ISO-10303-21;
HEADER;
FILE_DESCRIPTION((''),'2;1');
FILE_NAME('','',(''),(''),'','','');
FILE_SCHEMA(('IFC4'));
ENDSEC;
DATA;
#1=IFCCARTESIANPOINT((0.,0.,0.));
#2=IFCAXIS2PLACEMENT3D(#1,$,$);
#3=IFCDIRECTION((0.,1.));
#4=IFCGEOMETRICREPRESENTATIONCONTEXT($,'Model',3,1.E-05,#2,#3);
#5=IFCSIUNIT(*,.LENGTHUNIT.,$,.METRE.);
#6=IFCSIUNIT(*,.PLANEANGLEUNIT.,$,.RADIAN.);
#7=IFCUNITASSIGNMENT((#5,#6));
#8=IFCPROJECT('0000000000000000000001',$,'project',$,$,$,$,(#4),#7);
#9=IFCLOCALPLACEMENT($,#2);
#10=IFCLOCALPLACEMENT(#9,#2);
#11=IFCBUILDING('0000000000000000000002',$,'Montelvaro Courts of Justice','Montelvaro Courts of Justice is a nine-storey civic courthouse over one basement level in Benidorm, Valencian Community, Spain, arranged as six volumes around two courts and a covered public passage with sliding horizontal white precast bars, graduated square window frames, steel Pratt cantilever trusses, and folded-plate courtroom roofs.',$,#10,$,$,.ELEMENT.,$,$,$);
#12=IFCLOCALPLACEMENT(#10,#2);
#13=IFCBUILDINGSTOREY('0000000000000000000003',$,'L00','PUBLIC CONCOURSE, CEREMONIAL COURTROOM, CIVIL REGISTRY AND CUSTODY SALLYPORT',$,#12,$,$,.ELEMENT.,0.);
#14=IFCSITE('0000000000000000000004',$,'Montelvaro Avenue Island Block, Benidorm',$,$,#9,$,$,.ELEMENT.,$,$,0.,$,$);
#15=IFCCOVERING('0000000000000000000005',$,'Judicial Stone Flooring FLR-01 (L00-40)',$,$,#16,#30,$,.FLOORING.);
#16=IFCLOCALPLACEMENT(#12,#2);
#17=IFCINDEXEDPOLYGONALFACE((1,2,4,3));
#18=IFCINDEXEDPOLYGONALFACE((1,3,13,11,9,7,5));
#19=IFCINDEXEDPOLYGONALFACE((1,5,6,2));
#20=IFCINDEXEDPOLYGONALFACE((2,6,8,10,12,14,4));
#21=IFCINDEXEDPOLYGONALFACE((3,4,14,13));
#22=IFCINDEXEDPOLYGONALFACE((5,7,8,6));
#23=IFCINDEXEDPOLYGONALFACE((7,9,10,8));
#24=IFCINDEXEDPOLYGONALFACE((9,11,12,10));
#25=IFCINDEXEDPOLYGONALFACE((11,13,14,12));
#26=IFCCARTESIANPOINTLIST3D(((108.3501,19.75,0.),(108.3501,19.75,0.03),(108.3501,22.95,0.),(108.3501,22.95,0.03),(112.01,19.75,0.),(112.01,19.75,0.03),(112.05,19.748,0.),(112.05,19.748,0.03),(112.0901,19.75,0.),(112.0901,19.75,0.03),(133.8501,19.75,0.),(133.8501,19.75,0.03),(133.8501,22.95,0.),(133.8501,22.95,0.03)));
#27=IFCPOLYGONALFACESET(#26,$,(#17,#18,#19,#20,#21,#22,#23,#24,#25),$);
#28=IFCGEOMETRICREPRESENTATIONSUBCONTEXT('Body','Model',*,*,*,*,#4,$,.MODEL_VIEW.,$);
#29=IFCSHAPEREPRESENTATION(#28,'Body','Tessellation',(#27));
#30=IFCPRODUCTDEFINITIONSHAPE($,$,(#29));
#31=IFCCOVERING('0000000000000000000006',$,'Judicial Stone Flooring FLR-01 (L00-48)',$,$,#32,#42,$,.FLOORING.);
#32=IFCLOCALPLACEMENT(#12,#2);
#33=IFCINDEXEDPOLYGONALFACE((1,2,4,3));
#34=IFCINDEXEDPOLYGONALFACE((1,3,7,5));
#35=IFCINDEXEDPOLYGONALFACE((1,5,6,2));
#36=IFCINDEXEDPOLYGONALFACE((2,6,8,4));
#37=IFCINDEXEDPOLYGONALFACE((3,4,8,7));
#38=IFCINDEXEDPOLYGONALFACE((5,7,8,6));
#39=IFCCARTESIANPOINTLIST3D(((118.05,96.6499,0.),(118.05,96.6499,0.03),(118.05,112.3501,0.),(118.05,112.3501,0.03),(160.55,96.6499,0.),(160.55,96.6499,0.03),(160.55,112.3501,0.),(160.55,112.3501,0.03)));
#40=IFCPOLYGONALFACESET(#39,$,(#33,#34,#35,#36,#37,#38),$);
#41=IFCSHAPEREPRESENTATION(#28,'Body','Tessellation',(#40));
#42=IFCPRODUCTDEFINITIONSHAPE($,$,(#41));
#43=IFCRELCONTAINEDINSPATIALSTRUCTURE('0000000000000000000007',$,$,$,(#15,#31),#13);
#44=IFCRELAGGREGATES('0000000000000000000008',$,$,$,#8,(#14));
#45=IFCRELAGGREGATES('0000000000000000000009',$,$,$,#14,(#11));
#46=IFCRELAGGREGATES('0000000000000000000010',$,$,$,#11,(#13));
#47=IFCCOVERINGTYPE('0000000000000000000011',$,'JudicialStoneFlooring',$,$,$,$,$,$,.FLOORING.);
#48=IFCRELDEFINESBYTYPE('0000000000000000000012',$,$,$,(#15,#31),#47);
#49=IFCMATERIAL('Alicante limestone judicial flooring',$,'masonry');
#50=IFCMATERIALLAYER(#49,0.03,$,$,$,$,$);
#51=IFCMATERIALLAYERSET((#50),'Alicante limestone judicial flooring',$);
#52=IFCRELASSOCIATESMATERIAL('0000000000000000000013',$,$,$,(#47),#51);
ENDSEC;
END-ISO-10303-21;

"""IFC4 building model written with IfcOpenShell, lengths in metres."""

from ifc_helpers import new_model, si_unit, direction, origin, place, context, subcontext, project, spatial, polyline, outline, extrude, material, layer, layer_set, type_object, element, save


model = new_model("IFC4")

# Units and contexts
model_context = context("Model", 3, precision=1e-05, world=origin(), true_north=direction((0.0, 1.0)))
body_context = subcontext(model_context, "Body", "Model", "MODEL_VIEW")
ifc_project = project(units=[si_unit("LENGTHUNIT", "METRE"), si_unit("PLANEANGLEUNIT", "RADIAN")], contexts=[model_context])

# Site, building, storey
site_placement = place(None, origin())
site = spatial("IfcSite", under=ifc_project, at=site_placement, Name="Montelvaro Avenue Island Block, Benidorm", CompositionType="ELEMENT", RefElevation=0.0)
building_placement = place(site_placement, origin())
building = spatial("IfcBuilding", under=site, at=building_placement, Name="Montelvaro Courts of Justice", Description="Montelvaro Courts of Justice is a nine-storey civic courthouse over one basement level in Benidorm, Valencian Community, Spain, arranged as six volumes around two courts and a covered public passage with sliding horizontal white precast bars, graduated square window frames, steel Pratt cantilever trusses, and folded-plate courtroom roofs.", CompositionType="ELEMENT")
storey_placement = place(building_placement, origin())
storey = spatial("IfcBuildingStorey", under=building, at=storey_placement, Name="L00", Description="PUBLIC CONCOURSE, CEREMONIAL COURTROOM, CIVIL REGISTRY AND CUSTODY SALLYPORT", CompositionType="ELEMENT", Elevation=0.0)

# Coverings
ifc_material_1 = material(Name="Alicante limestone judicial flooring", Category="masonry")
ifc_layer_1 = layer(ifc_material_1, 0.03)
ifc_layer_set_1 = layer_set([ifc_layer_1], Name="Alicante limestone judicial flooring")
covering_type_1 = type_object("IfcCoveringType", Name="JudicialStoneFlooring", PredefinedType="FLOORING", material=ifc_layer_set_1)
covering_1_placement = place(storey_placement, origin())
element("IfcCovering", 1, at=covering_1_placement, inside=storey, type_object=covering_type_1, Name="Judicial Stone Flooring FLR-01 (L00-40)", PredefinedType="FLOORING", context=body_context, shape_type="SweptSolid", body=[
    extrude(outline(polyline([(108.3501, 19.75), (108.3501, 22.95), (133.8501, 22.95), (133.8501, 19.75), (112.0901, 19.75), (112.05, 19.748), (112.01, 19.75), (108.3501, 19.75)])), origin(), (0.0, 0.0, 1.0), 0.03),
])
covering_2_placement = place(storey_placement, origin())
element("IfcCovering", 2, at=covering_2_placement, inside=storey, type_object=covering_type_1, Name="Judicial Stone Flooring FLR-01 (L00-48)", PredefinedType="FLOORING", context=body_context, shape_type="SweptSolid", body=[
    extrude(outline(polyline([(118.05, 96.6499), (118.05, 112.3501), (160.55, 112.3501), (160.55, 96.6499), (118.05, 96.6499)])), origin(), (0.0, 0.0, 1.0), 0.03),
])

save(model, "model.ifc")
